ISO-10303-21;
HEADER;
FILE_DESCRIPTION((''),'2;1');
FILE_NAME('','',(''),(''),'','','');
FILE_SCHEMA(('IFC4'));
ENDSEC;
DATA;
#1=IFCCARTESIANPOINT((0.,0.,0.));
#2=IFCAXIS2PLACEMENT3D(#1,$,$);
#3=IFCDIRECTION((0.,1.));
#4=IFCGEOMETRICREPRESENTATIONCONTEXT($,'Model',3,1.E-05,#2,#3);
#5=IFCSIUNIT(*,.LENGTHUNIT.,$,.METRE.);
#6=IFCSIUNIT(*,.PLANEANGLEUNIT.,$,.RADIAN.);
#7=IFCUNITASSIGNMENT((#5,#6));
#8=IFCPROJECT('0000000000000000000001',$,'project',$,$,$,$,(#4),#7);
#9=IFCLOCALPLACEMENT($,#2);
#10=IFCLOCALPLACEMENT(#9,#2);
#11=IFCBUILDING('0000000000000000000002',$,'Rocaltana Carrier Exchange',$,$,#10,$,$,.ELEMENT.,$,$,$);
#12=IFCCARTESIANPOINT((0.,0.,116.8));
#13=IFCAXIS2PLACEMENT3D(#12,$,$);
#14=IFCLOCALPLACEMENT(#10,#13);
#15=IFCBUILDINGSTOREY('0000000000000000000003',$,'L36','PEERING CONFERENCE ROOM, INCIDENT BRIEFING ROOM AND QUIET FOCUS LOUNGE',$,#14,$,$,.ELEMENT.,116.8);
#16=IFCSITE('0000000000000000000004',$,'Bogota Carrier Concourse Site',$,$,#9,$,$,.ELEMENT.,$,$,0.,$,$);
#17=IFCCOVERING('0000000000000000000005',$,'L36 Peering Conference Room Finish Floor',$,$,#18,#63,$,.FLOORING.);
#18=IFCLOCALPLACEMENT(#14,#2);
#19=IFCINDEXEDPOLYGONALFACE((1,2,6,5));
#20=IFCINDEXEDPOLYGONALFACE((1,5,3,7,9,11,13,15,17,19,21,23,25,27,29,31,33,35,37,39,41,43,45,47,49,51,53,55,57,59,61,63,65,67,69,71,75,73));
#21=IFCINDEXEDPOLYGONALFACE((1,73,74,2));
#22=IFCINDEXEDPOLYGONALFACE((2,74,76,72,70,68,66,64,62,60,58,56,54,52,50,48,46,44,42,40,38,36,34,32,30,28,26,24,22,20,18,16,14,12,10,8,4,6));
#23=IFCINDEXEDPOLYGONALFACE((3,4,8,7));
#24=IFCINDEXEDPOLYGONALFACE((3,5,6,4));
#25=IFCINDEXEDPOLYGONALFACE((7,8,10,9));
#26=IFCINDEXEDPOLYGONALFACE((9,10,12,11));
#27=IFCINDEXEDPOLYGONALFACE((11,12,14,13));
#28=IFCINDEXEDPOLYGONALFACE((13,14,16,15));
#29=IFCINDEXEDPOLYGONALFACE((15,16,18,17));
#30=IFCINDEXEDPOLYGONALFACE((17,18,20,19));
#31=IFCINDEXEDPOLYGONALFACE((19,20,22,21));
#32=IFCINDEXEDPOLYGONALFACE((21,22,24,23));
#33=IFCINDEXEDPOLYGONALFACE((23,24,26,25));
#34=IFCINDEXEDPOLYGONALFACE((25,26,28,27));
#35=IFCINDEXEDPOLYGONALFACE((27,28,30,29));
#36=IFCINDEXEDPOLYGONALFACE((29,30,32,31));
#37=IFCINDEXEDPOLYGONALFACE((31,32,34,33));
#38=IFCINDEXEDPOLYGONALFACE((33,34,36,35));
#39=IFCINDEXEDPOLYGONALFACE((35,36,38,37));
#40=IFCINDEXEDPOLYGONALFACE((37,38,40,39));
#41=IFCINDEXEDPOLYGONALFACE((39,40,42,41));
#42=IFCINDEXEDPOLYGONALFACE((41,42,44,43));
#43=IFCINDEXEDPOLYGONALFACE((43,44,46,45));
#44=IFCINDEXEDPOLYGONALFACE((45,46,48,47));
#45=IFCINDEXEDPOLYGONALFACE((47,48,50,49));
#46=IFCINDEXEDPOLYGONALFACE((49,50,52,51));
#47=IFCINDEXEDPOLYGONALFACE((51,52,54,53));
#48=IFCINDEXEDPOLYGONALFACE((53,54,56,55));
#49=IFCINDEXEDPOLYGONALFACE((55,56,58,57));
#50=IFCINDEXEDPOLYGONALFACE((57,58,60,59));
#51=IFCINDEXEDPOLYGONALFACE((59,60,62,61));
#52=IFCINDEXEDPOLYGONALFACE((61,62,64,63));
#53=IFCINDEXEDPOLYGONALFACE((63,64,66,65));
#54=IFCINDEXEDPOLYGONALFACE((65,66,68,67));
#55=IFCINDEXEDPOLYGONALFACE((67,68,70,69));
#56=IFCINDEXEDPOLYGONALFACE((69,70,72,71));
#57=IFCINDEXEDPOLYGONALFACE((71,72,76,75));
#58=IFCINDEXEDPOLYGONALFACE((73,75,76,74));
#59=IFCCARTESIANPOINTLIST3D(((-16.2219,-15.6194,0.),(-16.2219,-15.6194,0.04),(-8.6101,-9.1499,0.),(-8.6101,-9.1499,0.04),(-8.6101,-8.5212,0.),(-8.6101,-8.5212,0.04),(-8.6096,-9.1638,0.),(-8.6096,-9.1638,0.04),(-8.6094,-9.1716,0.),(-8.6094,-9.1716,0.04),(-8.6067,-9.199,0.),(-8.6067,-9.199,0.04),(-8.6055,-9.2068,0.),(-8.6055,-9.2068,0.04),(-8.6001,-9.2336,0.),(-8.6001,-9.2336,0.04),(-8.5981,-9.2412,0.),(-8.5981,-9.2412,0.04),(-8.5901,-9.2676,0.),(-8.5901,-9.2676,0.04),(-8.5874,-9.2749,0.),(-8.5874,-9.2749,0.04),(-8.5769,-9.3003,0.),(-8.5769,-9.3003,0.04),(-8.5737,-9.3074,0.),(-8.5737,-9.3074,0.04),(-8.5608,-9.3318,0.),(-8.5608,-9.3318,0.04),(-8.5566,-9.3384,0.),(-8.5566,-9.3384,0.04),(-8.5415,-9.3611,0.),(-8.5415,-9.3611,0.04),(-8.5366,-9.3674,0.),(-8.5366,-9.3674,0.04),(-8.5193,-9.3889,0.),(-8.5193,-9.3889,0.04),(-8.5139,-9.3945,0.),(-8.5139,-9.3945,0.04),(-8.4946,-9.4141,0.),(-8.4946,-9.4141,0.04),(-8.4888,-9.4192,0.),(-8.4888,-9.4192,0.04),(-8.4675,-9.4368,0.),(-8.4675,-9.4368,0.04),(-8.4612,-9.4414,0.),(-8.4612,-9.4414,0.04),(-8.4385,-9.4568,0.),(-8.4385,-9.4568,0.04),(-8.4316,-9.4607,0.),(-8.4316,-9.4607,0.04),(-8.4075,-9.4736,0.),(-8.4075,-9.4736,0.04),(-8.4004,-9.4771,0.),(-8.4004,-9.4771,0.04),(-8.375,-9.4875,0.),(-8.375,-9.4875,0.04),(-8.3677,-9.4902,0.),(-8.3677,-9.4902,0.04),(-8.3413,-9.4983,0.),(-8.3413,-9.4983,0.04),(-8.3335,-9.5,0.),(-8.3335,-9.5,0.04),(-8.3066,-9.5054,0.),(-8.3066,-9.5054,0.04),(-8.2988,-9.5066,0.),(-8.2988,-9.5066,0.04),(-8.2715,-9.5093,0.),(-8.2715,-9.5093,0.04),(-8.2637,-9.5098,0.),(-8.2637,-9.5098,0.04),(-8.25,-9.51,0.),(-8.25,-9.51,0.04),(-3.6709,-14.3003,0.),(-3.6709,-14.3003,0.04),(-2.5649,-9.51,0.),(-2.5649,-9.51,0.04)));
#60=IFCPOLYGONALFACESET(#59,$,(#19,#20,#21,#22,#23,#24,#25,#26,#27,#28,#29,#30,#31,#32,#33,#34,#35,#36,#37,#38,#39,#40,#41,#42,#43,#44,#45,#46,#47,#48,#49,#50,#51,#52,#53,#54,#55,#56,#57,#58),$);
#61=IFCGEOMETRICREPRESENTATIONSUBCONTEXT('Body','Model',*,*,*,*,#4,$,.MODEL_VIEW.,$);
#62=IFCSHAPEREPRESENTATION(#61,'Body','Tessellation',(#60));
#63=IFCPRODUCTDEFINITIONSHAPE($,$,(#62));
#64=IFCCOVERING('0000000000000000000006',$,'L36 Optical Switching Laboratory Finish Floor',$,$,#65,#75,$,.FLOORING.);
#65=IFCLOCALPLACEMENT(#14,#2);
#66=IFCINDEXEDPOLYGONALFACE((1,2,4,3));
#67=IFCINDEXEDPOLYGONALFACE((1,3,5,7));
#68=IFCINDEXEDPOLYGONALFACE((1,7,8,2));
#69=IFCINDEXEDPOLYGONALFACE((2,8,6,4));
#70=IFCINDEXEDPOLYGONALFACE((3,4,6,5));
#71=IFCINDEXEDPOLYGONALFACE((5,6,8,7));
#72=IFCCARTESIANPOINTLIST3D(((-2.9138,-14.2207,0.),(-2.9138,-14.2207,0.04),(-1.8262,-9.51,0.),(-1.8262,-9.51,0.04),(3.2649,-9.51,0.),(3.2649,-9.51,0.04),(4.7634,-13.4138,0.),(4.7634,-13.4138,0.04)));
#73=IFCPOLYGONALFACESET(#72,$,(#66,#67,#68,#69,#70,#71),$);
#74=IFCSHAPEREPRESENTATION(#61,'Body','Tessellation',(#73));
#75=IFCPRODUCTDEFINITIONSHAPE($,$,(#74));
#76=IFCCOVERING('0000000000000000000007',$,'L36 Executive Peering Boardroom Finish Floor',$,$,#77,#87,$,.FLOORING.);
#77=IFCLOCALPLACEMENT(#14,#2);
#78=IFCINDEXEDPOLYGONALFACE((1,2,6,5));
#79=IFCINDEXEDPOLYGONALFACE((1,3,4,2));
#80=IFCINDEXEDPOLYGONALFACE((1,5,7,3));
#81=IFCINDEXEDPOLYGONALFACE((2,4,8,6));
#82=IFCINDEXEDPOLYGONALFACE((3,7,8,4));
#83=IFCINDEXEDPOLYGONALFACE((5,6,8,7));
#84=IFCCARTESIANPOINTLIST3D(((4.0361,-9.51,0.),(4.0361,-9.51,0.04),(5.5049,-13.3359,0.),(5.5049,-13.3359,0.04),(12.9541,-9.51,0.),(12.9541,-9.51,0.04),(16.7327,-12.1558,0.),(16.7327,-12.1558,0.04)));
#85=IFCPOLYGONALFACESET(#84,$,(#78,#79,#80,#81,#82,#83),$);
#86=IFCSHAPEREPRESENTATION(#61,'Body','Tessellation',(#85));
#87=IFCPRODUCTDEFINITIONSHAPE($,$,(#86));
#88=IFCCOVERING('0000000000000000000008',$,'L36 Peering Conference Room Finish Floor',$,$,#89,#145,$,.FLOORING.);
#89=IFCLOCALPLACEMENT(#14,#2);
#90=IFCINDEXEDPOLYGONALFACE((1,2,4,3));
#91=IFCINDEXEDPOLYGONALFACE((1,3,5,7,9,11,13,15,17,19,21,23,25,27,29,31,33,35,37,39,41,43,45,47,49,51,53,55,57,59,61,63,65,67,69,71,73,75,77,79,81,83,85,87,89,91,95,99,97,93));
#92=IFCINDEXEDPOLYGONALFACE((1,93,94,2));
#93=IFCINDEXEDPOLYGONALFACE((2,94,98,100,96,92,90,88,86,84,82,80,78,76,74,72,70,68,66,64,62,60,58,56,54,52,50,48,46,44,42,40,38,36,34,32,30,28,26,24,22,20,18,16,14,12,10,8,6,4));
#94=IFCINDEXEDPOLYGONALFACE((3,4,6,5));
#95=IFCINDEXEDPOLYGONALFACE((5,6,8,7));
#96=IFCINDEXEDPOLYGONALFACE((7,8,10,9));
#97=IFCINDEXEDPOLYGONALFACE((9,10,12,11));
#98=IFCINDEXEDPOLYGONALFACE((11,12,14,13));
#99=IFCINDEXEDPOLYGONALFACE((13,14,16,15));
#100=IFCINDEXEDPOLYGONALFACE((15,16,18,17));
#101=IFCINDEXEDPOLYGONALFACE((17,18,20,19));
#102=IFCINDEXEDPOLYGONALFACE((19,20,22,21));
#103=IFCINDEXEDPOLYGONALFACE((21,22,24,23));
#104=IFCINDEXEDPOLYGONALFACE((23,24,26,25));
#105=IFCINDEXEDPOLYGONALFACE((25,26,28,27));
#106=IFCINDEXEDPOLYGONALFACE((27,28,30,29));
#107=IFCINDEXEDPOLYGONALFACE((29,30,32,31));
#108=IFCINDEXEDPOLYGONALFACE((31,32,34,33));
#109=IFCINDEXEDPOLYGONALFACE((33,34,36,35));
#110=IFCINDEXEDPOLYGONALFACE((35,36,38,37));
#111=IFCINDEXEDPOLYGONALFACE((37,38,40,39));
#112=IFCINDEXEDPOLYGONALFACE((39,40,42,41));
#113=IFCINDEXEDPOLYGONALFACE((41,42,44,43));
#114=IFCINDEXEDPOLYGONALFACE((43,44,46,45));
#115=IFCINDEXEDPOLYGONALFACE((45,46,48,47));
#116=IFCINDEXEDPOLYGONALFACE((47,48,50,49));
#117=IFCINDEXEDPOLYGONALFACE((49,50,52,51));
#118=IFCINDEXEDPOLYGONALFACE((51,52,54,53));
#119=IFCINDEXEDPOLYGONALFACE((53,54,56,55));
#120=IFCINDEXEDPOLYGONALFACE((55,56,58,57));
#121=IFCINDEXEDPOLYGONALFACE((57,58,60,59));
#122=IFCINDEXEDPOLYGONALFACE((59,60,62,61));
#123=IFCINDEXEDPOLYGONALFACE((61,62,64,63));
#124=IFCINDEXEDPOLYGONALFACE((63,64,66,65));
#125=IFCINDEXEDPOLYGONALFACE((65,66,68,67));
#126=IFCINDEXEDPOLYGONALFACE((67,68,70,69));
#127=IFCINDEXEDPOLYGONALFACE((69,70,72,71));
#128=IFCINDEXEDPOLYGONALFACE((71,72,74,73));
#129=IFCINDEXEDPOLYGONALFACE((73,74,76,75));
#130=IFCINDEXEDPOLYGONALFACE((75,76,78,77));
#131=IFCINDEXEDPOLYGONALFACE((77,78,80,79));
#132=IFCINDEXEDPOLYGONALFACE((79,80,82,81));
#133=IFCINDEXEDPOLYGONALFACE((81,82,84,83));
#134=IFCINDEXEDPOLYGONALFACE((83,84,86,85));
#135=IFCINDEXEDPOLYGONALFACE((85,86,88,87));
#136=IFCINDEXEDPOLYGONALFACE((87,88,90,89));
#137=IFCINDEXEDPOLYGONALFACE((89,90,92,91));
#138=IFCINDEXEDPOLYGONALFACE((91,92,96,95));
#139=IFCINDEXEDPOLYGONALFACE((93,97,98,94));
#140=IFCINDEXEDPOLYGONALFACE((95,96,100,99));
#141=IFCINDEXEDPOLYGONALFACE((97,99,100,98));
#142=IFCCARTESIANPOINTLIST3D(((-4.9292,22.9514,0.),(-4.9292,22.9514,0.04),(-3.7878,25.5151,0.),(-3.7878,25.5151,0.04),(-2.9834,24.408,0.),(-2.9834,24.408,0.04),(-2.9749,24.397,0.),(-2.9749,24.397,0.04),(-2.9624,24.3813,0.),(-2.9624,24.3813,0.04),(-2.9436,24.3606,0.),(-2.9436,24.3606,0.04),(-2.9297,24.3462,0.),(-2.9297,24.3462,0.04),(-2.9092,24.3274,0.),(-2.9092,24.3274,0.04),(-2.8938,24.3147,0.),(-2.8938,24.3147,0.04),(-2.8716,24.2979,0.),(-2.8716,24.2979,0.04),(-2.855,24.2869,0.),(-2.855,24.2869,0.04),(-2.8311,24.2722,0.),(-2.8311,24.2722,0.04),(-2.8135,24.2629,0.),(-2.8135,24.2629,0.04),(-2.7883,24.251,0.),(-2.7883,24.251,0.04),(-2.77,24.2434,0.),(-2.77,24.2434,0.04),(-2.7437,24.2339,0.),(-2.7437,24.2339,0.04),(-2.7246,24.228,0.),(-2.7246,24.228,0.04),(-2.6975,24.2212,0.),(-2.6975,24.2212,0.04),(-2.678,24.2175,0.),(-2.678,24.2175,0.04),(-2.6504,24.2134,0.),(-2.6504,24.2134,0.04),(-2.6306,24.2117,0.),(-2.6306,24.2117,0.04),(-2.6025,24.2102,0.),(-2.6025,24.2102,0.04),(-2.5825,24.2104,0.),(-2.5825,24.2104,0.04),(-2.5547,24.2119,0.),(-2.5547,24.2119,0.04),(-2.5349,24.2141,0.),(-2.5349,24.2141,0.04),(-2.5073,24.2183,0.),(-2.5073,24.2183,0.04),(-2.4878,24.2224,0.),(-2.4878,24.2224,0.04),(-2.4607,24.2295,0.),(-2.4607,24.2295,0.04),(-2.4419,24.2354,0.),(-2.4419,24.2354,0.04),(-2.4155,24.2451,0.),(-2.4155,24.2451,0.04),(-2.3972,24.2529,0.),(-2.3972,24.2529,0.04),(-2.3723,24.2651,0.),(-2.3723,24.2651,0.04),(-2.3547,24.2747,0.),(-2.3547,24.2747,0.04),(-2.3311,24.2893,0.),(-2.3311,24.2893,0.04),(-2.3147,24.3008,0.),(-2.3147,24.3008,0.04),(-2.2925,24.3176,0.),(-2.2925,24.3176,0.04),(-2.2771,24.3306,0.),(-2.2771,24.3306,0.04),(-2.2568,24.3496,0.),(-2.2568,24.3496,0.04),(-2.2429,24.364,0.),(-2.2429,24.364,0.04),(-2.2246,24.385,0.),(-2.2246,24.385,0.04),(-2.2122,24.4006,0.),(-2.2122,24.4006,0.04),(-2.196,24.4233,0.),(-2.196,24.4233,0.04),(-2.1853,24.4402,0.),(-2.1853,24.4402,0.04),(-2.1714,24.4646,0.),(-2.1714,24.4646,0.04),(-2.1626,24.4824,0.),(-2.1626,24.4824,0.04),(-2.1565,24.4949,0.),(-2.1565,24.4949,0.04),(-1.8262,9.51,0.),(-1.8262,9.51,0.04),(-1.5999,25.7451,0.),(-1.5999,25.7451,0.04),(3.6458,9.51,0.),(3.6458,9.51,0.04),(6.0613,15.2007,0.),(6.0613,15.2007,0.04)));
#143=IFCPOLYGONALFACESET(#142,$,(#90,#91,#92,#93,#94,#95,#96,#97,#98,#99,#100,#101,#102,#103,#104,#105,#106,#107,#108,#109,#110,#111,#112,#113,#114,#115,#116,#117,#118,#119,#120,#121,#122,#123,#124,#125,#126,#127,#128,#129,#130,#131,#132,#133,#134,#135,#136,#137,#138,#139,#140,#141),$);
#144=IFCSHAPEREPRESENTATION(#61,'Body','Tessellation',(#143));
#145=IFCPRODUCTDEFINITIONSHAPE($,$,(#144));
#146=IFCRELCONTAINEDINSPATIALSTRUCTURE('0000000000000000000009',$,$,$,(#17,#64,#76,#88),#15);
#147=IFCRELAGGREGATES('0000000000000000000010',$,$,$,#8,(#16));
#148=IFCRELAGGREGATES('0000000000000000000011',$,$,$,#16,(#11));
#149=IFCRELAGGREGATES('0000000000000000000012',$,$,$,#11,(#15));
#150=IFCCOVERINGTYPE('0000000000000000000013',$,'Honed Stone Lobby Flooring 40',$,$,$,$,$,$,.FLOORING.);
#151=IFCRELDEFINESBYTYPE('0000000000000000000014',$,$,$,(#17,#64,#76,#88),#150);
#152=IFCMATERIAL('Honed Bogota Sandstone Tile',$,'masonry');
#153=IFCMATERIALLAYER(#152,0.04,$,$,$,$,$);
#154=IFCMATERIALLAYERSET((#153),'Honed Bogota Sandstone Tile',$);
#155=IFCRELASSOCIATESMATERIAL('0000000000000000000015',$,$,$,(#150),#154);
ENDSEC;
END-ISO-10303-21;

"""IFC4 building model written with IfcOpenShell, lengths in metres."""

from ifc_helpers import new_model, si_unit, direction, frame, origin, place, context, subcontext, project, spatial, polyline, outline, extrude, material, layer, layer_set, type_object, element, save


model = new_model("IFC4")

# Units and contexts
model_context = context("Model", 3, precision=1e-05, world=origin(), true_north=direction((0.0, 1.0)))
body_context = subcontext(model_context, "Body", "Model", "MODEL_VIEW")
ifc_project = project(units=[si_unit("LENGTHUNIT", "METRE"), si_unit("PLANEANGLEUNIT", "RADIAN")], contexts=[model_context])

# Site, building, storey
site_placement = place(None, origin())
site = spatial("IfcSite", under=ifc_project, at=site_placement, Name="Bogota Carrier Concourse Site", CompositionType="ELEMENT", RefElevation=0.0)
building_placement = place(site_placement, origin())
building = spatial("IfcBuilding", under=site, at=building_placement, Name="Rocaltana Carrier Exchange", CompositionType="ELEMENT")
storey_placement = place(building_placement, frame((0.0, 0.0, 116.8)))
storey = spatial("IfcBuildingStorey", under=building, at=storey_placement, Name="L36", Description="PEERING CONFERENCE ROOM, INCIDENT BRIEFING ROOM AND QUIET FOCUS LOUNGE", CompositionType="ELEMENT", Elevation=116.8)

# Coverings
ifc_material_1 = material(Name="Honed Bogota Sandstone Tile", Category="masonry")
ifc_layer_1 = layer(ifc_material_1, 0.04)
ifc_layer_set_1 = layer_set([ifc_layer_1], Name="Honed Bogota Sandstone Tile")
covering_type_1 = type_object("IfcCoveringType", Name="Honed Stone Lobby Flooring 40", PredefinedType="FLOORING", material=ifc_layer_set_1)
covering_1_placement = place(storey_placement, origin())
element("IfcCovering", 1, at=covering_1_placement, inside=storey, type_object=covering_type_1, Name="L36 Peering Conference Room Finish Floor", PredefinedType="FLOORING", context=body_context, shape_type="SweptSolid", body=[
    extrude(outline(polyline([(-16.2219, -15.6194), (-8.6101, -8.5212), (-8.6101, -9.1499), (-8.6096, -9.1638), (-8.6094, -9.1716), (-8.6067, -9.199), (-8.6055, -9.2068), (-8.6001, -9.2336), (-8.5981, -9.2412), (-8.5901, -9.2676), (-8.5874, -9.2749), (-8.5769, -9.3003), (-8.5737, -9.3074), (-8.5608, -9.3318), (-8.5566, -9.3384), (-8.5415, -9.3611), (-8.5366, -9.3674), (-8.5193, -9.3889), (-8.5139, -9.3945), (-8.4946, -9.4141), (-8.4888, -9.4192), (-8.4675, -9.4368), (-8.4612, -9.4414), (-8.4385, -9.4568), (-8.4316, -9.4607), (-8.4075, -9.4736), (-8.4004, -9.4771), (-8.375, -9.4875), (-8.3677, -9.4902), (-8.3413, -9.4983), (-8.3335, -9.5), (-8.3066, -9.5054), (-8.2988, -9.5066), (-8.2715, -9.5093), (-8.2637, -9.5098), (-8.25, -9.51), (-2.5649, -9.51), (-3.6709, -14.3003), (-16.2219, -15.6194)])), origin(), (0.0, 0.0, 1.0), 0.04),
])
covering_2_placement = place(storey_placement, origin())
element("IfcCovering", 2, at=covering_2_placement, inside=storey, type_object=covering_type_1, Name="L36 Optical Switching Laboratory Finish Floor", PredefinedType="FLOORING", context=body_context, shape_type="SweptSolid", body=[
    extrude(outline(polyline([(-2.9138, -14.2207), (-1.8262, -9.51), (3.2649, -9.51), (4.7634, -13.4138), (-2.9138, -14.2207)])), origin(), (0.0, 0.0, 1.0), 0.04),
])
covering_3_placement = place(storey_placement, origin())
element("IfcCovering", 3, at=covering_3_placement, inside=storey, type_object=covering_type_1, Name="L36 Executive Peering Boardroom Finish Floor", PredefinedType="FLOORING", context=body_context, shape_type="SweptSolid", body=[
    extrude(outline(polyline([(5.5049, -13.3359), (4.0361, -9.51), (12.9541, -9.51), (16.7327, -12.1558), (5.5049, -13.3359)])), origin(), (0.0, 0.0, 1.0), 0.04),
])
covering_4_placement = place(storey_placement, origin())
element("IfcCovering", 4, at=covering_4_placement, inside=storey, type_object=covering_type_1, Name="L36 Peering Conference Room Finish Floor", PredefinedType="FLOORING", context=body_context, shape_type="SweptSolid", body=[
    extrude(outline(polyline([(-3.7878, 25.5151), (-2.9834, 24.408), (-2.9749, 24.397), (-2.9624, 24.3813), (-2.9436, 24.3606), (-2.9297, 24.3462), (-2.9092, 24.3274), (-2.8938, 24.3147), (-2.8716, 24.2979), (-2.855, 24.2869), (-2.8311, 24.2722), (-2.8135, 24.2629), (-2.7883, 24.251), (-2.77, 24.2434), (-2.7437, 24.2339), (-2.7246, 24.228), (-2.6975, 24.2212), (-2.678, 24.2175), (-2.6504, 24.2134), (-2.6306, 24.2117), (-2.6025, 24.2102), (-2.5825, 24.2104), (-2.5547, 24.2119), (-2.5349, 24.2141), (-2.5073, 24.2183), (-2.4878, 24.2224), (-2.4607, 24.2295), (-2.4419, 24.2354), (-2.4155, 24.2451), (-2.3972, 24.2529), (-2.3723, 24.2651), (-2.3547, 24.2747), (-2.3311, 24.2893), (-2.3147, 24.3008), (-2.2925, 24.3176), (-2.2771, 24.3306), (-2.2568, 24.3496), (-2.2429, 24.364), (-2.2246, 24.385), (-2.2122, 24.4006), (-2.196, 24.4233), (-2.1853, 24.4402), (-2.1714, 24.4646), (-2.1626, 24.4824), (-2.1565, 24.4949), (-1.5999, 25.7451), (6.0613, 15.2007), (3.6458, 9.51), (-1.8262, 9.51), (-4.9292, 22.9514), (-3.7878, 25.5151)])), origin(), (0.0, 0.0, 1.0), 0.04),
])

save(model, "model.ifc")
